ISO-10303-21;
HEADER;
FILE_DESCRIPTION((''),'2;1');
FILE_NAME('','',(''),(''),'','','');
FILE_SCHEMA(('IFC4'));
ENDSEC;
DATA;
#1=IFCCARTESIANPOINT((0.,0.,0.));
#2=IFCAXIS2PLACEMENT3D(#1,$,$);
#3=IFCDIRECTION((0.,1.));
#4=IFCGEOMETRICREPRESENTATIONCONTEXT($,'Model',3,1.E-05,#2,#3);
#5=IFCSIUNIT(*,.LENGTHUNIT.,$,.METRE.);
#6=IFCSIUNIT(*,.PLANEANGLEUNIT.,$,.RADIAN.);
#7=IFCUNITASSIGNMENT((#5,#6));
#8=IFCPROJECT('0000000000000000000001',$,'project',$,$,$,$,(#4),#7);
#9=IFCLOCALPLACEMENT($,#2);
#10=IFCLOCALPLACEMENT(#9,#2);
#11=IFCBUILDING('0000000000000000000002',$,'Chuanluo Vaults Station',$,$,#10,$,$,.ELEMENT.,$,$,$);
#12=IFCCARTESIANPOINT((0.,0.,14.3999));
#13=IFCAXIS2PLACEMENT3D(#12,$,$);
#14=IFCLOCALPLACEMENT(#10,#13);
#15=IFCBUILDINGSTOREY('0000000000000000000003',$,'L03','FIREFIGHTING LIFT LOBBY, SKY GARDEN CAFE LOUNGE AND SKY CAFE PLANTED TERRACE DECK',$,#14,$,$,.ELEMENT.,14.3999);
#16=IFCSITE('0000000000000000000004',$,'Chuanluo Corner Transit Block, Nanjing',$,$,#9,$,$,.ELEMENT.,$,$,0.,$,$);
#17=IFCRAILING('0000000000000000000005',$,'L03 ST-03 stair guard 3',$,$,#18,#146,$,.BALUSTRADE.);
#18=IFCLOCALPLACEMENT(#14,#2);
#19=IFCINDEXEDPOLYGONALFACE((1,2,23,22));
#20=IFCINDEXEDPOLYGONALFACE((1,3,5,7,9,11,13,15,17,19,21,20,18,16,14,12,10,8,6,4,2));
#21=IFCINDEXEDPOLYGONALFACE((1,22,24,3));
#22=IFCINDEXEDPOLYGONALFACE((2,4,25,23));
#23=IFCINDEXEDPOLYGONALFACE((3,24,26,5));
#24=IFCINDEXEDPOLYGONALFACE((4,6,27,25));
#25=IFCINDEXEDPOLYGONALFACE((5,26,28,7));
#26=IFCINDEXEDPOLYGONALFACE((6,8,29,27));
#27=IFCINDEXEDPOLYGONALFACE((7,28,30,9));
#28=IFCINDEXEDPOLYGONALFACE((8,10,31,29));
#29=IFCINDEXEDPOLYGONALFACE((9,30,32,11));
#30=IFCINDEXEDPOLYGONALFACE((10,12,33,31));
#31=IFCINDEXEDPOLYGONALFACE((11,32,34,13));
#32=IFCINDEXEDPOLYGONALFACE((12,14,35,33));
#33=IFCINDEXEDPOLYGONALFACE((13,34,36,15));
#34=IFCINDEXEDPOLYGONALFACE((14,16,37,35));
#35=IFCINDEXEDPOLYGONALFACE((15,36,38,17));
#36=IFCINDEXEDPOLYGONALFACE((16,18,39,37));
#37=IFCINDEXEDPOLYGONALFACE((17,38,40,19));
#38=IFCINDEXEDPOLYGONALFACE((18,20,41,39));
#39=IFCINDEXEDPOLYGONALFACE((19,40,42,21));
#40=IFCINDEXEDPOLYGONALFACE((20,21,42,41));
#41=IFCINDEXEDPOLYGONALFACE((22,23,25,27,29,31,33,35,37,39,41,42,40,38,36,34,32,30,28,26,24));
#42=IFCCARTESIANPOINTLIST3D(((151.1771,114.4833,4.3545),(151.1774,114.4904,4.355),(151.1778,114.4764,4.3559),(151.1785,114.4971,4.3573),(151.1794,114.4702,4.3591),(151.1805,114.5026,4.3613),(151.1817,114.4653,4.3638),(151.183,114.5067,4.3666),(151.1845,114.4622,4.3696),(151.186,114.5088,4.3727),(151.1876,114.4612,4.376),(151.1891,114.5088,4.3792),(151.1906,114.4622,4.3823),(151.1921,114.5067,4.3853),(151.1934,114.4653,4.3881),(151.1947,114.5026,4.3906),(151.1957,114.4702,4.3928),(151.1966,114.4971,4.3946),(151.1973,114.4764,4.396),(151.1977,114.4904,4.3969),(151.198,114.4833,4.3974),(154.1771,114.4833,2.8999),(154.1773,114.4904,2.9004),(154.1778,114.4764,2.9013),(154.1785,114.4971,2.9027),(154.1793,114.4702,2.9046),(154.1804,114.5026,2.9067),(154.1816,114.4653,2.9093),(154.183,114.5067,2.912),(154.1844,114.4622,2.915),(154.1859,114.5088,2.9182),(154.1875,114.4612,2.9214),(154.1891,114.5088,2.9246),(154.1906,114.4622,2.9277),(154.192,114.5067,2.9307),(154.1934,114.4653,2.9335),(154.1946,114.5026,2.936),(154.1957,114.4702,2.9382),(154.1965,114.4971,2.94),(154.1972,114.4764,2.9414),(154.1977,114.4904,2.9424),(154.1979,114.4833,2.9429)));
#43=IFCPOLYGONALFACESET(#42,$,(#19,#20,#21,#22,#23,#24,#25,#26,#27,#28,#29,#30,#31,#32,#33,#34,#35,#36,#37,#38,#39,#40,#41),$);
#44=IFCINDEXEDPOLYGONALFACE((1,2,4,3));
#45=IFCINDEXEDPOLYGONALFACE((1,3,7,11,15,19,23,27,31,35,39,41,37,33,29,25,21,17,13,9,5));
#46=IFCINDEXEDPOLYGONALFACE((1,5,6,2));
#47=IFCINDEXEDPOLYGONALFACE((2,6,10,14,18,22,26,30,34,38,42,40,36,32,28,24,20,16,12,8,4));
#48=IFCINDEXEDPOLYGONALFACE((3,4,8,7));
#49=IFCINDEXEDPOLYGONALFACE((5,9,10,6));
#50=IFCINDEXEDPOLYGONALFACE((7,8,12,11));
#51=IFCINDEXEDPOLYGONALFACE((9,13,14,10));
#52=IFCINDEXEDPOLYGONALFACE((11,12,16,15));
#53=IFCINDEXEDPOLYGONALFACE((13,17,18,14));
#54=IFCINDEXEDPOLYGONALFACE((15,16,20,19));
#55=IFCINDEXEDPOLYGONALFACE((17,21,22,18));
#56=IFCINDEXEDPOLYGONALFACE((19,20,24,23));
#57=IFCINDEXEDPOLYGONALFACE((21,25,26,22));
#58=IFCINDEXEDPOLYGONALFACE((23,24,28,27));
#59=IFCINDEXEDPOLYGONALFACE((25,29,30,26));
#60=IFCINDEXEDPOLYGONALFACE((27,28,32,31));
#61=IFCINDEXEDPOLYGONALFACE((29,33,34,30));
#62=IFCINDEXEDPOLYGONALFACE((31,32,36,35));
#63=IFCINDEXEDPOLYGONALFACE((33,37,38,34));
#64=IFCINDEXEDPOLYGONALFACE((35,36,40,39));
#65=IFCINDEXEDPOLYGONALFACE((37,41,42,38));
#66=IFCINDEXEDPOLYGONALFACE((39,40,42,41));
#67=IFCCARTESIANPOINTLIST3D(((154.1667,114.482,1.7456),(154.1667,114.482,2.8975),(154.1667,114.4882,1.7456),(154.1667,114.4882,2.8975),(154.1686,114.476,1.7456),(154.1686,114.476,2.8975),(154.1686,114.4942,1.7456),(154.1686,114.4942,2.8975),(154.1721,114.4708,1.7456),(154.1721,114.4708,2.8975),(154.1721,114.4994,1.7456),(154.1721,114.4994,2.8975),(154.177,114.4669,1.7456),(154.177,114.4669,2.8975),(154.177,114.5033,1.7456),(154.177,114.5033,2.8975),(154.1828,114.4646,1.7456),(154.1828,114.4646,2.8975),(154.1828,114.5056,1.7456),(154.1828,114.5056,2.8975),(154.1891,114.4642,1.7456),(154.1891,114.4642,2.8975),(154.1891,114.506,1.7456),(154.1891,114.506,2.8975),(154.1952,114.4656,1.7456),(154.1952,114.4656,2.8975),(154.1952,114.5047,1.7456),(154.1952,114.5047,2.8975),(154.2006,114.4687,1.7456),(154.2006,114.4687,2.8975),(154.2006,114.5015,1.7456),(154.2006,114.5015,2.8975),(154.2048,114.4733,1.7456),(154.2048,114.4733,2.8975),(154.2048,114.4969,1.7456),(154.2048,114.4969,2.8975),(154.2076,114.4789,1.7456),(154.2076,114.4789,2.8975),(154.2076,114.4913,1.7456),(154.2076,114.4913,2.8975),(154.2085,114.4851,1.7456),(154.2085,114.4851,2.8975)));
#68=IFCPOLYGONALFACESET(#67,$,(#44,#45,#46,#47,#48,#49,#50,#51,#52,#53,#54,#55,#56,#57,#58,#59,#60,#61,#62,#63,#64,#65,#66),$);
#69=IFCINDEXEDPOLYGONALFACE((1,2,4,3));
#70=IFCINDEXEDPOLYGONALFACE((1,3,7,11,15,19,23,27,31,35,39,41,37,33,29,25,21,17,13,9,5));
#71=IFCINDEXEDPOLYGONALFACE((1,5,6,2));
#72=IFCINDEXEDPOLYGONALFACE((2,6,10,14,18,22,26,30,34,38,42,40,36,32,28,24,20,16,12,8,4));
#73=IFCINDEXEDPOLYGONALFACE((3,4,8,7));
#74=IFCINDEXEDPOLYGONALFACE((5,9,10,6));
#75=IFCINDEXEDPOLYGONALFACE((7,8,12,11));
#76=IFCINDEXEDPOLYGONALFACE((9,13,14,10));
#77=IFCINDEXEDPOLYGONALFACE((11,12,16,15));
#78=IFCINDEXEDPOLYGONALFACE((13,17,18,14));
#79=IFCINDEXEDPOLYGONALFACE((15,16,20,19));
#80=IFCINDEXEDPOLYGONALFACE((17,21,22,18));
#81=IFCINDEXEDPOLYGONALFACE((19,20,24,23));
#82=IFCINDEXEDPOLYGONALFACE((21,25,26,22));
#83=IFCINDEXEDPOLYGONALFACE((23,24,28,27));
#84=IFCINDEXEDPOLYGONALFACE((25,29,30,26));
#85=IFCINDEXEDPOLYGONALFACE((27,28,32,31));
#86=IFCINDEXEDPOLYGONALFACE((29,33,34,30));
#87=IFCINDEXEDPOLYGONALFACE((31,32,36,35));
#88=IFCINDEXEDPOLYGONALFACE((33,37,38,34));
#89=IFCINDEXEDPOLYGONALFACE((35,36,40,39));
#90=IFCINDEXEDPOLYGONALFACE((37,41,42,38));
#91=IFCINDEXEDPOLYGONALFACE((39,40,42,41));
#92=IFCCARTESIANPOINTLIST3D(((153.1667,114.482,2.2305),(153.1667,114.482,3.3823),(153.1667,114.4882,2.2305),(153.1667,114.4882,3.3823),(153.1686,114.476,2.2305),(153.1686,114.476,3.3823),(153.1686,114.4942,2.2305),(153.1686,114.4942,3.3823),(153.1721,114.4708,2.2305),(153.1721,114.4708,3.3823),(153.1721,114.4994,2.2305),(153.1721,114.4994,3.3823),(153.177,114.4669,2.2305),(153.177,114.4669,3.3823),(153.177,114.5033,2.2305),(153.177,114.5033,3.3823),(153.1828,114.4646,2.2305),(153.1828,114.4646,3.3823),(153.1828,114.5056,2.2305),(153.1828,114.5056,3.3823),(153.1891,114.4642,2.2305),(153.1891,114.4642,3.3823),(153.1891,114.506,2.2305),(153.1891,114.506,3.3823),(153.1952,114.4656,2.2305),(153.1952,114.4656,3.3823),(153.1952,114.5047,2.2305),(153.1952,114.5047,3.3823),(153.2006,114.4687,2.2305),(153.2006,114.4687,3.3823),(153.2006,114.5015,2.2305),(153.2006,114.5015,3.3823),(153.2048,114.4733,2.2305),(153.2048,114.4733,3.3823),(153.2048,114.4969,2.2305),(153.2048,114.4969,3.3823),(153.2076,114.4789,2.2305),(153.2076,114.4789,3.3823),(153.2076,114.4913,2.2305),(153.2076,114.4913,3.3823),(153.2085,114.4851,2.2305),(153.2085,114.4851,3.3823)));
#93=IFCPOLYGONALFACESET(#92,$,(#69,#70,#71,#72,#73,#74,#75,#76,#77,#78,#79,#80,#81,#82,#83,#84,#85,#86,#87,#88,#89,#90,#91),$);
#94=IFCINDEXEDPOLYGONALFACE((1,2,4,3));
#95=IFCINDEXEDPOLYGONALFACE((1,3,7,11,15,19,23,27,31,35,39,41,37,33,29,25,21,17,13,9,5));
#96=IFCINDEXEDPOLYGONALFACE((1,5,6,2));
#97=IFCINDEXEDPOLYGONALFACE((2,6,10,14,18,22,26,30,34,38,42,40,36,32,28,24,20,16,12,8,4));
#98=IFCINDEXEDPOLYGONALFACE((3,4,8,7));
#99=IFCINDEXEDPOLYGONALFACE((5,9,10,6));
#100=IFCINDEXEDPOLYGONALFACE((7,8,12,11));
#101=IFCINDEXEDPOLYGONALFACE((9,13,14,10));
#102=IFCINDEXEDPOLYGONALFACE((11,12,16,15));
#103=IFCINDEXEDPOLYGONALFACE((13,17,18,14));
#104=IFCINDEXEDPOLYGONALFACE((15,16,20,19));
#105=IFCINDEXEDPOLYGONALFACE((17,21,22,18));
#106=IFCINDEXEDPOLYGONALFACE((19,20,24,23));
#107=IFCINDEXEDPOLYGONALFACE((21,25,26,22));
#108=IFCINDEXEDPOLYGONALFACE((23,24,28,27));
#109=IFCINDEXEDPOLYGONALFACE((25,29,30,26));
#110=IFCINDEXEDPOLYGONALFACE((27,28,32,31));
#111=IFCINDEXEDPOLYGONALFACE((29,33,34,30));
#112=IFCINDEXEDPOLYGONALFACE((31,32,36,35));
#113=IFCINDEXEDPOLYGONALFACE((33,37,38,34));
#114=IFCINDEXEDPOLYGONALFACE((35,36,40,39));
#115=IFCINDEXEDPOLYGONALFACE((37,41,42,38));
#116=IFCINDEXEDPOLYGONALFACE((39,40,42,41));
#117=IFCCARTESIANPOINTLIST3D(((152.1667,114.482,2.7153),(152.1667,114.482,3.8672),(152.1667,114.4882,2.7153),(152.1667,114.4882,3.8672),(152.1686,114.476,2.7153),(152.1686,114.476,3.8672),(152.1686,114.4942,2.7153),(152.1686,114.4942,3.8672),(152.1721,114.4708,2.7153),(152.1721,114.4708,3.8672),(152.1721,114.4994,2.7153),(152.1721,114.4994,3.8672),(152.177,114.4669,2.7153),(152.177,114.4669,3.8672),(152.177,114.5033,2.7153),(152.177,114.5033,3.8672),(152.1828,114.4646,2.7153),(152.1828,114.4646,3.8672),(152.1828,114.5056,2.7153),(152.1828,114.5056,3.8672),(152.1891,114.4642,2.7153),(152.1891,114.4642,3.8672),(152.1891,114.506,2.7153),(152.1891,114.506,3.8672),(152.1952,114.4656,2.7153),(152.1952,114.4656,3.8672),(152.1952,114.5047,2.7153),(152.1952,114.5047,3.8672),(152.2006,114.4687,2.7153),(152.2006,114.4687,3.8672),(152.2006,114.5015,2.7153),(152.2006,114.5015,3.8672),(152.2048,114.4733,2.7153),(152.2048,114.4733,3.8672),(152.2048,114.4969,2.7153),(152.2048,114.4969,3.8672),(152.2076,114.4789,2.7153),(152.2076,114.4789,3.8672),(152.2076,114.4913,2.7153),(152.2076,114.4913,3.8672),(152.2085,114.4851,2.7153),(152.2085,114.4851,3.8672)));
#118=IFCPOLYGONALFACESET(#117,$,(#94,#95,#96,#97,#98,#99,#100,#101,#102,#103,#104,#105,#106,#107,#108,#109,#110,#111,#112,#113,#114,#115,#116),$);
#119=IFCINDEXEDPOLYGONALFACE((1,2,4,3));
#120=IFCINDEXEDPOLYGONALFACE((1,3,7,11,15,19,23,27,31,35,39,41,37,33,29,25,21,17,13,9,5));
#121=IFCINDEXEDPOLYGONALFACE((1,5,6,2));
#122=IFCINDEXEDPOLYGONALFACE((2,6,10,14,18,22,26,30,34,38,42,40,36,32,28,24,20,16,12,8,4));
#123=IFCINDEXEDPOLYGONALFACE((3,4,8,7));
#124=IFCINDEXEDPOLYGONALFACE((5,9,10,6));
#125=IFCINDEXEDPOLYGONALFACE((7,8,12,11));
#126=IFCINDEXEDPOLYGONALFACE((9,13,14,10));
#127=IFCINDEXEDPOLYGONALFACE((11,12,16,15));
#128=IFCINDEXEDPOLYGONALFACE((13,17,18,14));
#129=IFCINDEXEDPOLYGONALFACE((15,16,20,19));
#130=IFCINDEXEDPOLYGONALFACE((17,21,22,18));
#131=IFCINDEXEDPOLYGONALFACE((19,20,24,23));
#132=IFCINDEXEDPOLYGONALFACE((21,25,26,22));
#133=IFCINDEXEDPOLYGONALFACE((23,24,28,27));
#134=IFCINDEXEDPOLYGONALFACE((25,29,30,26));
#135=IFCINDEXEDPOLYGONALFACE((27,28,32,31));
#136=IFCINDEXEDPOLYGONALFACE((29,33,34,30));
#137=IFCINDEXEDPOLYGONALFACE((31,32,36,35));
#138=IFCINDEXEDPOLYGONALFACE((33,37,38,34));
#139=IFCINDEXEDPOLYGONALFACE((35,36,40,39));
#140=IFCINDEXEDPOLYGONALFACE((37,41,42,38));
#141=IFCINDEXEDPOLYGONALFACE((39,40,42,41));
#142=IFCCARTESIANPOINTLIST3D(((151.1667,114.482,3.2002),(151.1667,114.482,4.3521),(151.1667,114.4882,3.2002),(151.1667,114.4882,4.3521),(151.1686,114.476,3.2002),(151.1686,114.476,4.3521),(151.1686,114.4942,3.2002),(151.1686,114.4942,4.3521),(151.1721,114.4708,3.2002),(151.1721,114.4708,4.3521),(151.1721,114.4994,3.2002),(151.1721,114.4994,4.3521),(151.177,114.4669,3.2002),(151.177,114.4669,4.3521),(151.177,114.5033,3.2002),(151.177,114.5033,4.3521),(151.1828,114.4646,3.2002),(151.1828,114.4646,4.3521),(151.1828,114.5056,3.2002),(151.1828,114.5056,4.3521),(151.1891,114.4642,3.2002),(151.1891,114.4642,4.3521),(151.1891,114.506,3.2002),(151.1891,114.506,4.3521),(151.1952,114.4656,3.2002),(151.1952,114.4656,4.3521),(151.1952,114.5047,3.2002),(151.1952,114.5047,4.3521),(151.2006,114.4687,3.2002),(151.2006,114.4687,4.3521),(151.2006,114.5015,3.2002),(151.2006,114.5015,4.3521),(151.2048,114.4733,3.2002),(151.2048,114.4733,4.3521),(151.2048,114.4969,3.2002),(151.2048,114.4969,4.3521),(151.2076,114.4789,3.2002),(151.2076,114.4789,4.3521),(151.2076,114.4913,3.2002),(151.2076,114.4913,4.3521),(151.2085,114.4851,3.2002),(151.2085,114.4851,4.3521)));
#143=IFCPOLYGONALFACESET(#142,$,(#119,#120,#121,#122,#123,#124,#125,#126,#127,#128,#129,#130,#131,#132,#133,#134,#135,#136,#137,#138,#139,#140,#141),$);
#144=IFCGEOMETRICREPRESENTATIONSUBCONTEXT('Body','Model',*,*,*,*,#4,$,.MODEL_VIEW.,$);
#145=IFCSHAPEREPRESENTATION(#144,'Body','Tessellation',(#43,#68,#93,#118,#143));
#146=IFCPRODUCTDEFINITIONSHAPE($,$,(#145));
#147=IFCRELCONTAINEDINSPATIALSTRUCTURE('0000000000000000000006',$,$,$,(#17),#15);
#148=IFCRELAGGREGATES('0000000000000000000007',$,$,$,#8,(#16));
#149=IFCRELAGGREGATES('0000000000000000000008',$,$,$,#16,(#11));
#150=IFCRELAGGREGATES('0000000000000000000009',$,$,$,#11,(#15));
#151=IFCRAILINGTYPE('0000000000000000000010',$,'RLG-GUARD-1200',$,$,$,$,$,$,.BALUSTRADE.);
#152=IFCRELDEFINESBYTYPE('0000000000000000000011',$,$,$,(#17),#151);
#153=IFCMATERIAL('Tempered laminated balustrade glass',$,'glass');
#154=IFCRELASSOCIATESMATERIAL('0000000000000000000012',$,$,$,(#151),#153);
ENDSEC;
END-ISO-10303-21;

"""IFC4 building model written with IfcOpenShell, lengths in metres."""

from ifc_helpers import new_model, si_unit, direction, frame, origin, origin_2d, place, context, subcontext, project, spatial, circle, extrude, material, type_object, element, save


model = new_model("IFC4")

# Units and contexts
model_context = context("Model", 3, precision=1e-05, world=origin(), true_north=direction((0.0, 1.0)))
body_context = subcontext(model_context, "Body", "Model", "MODEL_VIEW")
ifc_project = project(units=[si_unit("LENGTHUNIT", "METRE"), si_unit("PLANEANGLEUNIT", "RADIAN")], contexts=[model_context])

# Site, building, storey
site_placement = place(None, origin())
site = spatial("IfcSite", under=ifc_project, at=site_placement, Name="Chuanluo Corner Transit Block, Nanjing", CompositionType="ELEMENT", RefElevation=0.0)
building_placement = place(site_placement, origin())
building = spatial("IfcBuilding", under=site, at=building_placement, Name="Chuanluo Vaults Station", CompositionType="ELEMENT")
storey_placement = place(building_placement, frame((0.0, 0.0, 14.3999)))
storey = spatial("IfcBuildingStorey", under=building, at=storey_placement, Name="L03", Description="FIREFIGHTING LIFT LOBBY, SKY GARDEN CAFE LOUNGE AND SKY CAFE PLANTED TERRACE DECK", CompositionType="ELEMENT", Elevation=14.3999)

# Railing
ifc_material_1 = material(Name="Tempered laminated balustrade glass", Category="glass")
railing_type_1 = type_object("IfcRailingType", Name="RLG-GUARD-1200", PredefinedType="BALUSTRADE", material=ifc_material_1)
railing_1_placement = place(storey_placement, frame((154.1875, 114.4851, 1.7456)))
element("IfcRailing", 1, at=railing_1_placement, inside=storey, type_object=railing_type_1, Name="L03 ST-03 stair guard 3", PredefinedType="BALUSTRADE", context=body_context, shape_type="SweptSolid", body=[
    extrude(circle(Radius=0.0239, at=origin_2d()), frame((0.0, 0.0, 1.1758), z_axis=(-0.899809, 0.0, 0.436284), x_axis=(0.0, -1.0, 0.0)), (0.0, 0.0, 1.0), 3.334),
    extrude(circle(Radius=0.021, at=origin_2d()), origin(), (0.0, 0.0, 1.0), 1.1519),
    extrude(circle(Radius=0.021, at=origin_2d()), frame((-1.0, 0.0, 0.4849)), (0.0, 0.0, 1.0), 1.1519),
    extrude(circle(Radius=0.021, at=origin_2d()), frame((-2.0, 0.0, 0.9697)), (0.0, 0.0, 1.0), 1.1519),
    extrude(circle(Radius=0.021, at=origin_2d()), frame((-3.0, 0.0, 1.4546)), (0.0, 0.0, 1.0), 1.1519),
])

save(model, "model.ifc")
